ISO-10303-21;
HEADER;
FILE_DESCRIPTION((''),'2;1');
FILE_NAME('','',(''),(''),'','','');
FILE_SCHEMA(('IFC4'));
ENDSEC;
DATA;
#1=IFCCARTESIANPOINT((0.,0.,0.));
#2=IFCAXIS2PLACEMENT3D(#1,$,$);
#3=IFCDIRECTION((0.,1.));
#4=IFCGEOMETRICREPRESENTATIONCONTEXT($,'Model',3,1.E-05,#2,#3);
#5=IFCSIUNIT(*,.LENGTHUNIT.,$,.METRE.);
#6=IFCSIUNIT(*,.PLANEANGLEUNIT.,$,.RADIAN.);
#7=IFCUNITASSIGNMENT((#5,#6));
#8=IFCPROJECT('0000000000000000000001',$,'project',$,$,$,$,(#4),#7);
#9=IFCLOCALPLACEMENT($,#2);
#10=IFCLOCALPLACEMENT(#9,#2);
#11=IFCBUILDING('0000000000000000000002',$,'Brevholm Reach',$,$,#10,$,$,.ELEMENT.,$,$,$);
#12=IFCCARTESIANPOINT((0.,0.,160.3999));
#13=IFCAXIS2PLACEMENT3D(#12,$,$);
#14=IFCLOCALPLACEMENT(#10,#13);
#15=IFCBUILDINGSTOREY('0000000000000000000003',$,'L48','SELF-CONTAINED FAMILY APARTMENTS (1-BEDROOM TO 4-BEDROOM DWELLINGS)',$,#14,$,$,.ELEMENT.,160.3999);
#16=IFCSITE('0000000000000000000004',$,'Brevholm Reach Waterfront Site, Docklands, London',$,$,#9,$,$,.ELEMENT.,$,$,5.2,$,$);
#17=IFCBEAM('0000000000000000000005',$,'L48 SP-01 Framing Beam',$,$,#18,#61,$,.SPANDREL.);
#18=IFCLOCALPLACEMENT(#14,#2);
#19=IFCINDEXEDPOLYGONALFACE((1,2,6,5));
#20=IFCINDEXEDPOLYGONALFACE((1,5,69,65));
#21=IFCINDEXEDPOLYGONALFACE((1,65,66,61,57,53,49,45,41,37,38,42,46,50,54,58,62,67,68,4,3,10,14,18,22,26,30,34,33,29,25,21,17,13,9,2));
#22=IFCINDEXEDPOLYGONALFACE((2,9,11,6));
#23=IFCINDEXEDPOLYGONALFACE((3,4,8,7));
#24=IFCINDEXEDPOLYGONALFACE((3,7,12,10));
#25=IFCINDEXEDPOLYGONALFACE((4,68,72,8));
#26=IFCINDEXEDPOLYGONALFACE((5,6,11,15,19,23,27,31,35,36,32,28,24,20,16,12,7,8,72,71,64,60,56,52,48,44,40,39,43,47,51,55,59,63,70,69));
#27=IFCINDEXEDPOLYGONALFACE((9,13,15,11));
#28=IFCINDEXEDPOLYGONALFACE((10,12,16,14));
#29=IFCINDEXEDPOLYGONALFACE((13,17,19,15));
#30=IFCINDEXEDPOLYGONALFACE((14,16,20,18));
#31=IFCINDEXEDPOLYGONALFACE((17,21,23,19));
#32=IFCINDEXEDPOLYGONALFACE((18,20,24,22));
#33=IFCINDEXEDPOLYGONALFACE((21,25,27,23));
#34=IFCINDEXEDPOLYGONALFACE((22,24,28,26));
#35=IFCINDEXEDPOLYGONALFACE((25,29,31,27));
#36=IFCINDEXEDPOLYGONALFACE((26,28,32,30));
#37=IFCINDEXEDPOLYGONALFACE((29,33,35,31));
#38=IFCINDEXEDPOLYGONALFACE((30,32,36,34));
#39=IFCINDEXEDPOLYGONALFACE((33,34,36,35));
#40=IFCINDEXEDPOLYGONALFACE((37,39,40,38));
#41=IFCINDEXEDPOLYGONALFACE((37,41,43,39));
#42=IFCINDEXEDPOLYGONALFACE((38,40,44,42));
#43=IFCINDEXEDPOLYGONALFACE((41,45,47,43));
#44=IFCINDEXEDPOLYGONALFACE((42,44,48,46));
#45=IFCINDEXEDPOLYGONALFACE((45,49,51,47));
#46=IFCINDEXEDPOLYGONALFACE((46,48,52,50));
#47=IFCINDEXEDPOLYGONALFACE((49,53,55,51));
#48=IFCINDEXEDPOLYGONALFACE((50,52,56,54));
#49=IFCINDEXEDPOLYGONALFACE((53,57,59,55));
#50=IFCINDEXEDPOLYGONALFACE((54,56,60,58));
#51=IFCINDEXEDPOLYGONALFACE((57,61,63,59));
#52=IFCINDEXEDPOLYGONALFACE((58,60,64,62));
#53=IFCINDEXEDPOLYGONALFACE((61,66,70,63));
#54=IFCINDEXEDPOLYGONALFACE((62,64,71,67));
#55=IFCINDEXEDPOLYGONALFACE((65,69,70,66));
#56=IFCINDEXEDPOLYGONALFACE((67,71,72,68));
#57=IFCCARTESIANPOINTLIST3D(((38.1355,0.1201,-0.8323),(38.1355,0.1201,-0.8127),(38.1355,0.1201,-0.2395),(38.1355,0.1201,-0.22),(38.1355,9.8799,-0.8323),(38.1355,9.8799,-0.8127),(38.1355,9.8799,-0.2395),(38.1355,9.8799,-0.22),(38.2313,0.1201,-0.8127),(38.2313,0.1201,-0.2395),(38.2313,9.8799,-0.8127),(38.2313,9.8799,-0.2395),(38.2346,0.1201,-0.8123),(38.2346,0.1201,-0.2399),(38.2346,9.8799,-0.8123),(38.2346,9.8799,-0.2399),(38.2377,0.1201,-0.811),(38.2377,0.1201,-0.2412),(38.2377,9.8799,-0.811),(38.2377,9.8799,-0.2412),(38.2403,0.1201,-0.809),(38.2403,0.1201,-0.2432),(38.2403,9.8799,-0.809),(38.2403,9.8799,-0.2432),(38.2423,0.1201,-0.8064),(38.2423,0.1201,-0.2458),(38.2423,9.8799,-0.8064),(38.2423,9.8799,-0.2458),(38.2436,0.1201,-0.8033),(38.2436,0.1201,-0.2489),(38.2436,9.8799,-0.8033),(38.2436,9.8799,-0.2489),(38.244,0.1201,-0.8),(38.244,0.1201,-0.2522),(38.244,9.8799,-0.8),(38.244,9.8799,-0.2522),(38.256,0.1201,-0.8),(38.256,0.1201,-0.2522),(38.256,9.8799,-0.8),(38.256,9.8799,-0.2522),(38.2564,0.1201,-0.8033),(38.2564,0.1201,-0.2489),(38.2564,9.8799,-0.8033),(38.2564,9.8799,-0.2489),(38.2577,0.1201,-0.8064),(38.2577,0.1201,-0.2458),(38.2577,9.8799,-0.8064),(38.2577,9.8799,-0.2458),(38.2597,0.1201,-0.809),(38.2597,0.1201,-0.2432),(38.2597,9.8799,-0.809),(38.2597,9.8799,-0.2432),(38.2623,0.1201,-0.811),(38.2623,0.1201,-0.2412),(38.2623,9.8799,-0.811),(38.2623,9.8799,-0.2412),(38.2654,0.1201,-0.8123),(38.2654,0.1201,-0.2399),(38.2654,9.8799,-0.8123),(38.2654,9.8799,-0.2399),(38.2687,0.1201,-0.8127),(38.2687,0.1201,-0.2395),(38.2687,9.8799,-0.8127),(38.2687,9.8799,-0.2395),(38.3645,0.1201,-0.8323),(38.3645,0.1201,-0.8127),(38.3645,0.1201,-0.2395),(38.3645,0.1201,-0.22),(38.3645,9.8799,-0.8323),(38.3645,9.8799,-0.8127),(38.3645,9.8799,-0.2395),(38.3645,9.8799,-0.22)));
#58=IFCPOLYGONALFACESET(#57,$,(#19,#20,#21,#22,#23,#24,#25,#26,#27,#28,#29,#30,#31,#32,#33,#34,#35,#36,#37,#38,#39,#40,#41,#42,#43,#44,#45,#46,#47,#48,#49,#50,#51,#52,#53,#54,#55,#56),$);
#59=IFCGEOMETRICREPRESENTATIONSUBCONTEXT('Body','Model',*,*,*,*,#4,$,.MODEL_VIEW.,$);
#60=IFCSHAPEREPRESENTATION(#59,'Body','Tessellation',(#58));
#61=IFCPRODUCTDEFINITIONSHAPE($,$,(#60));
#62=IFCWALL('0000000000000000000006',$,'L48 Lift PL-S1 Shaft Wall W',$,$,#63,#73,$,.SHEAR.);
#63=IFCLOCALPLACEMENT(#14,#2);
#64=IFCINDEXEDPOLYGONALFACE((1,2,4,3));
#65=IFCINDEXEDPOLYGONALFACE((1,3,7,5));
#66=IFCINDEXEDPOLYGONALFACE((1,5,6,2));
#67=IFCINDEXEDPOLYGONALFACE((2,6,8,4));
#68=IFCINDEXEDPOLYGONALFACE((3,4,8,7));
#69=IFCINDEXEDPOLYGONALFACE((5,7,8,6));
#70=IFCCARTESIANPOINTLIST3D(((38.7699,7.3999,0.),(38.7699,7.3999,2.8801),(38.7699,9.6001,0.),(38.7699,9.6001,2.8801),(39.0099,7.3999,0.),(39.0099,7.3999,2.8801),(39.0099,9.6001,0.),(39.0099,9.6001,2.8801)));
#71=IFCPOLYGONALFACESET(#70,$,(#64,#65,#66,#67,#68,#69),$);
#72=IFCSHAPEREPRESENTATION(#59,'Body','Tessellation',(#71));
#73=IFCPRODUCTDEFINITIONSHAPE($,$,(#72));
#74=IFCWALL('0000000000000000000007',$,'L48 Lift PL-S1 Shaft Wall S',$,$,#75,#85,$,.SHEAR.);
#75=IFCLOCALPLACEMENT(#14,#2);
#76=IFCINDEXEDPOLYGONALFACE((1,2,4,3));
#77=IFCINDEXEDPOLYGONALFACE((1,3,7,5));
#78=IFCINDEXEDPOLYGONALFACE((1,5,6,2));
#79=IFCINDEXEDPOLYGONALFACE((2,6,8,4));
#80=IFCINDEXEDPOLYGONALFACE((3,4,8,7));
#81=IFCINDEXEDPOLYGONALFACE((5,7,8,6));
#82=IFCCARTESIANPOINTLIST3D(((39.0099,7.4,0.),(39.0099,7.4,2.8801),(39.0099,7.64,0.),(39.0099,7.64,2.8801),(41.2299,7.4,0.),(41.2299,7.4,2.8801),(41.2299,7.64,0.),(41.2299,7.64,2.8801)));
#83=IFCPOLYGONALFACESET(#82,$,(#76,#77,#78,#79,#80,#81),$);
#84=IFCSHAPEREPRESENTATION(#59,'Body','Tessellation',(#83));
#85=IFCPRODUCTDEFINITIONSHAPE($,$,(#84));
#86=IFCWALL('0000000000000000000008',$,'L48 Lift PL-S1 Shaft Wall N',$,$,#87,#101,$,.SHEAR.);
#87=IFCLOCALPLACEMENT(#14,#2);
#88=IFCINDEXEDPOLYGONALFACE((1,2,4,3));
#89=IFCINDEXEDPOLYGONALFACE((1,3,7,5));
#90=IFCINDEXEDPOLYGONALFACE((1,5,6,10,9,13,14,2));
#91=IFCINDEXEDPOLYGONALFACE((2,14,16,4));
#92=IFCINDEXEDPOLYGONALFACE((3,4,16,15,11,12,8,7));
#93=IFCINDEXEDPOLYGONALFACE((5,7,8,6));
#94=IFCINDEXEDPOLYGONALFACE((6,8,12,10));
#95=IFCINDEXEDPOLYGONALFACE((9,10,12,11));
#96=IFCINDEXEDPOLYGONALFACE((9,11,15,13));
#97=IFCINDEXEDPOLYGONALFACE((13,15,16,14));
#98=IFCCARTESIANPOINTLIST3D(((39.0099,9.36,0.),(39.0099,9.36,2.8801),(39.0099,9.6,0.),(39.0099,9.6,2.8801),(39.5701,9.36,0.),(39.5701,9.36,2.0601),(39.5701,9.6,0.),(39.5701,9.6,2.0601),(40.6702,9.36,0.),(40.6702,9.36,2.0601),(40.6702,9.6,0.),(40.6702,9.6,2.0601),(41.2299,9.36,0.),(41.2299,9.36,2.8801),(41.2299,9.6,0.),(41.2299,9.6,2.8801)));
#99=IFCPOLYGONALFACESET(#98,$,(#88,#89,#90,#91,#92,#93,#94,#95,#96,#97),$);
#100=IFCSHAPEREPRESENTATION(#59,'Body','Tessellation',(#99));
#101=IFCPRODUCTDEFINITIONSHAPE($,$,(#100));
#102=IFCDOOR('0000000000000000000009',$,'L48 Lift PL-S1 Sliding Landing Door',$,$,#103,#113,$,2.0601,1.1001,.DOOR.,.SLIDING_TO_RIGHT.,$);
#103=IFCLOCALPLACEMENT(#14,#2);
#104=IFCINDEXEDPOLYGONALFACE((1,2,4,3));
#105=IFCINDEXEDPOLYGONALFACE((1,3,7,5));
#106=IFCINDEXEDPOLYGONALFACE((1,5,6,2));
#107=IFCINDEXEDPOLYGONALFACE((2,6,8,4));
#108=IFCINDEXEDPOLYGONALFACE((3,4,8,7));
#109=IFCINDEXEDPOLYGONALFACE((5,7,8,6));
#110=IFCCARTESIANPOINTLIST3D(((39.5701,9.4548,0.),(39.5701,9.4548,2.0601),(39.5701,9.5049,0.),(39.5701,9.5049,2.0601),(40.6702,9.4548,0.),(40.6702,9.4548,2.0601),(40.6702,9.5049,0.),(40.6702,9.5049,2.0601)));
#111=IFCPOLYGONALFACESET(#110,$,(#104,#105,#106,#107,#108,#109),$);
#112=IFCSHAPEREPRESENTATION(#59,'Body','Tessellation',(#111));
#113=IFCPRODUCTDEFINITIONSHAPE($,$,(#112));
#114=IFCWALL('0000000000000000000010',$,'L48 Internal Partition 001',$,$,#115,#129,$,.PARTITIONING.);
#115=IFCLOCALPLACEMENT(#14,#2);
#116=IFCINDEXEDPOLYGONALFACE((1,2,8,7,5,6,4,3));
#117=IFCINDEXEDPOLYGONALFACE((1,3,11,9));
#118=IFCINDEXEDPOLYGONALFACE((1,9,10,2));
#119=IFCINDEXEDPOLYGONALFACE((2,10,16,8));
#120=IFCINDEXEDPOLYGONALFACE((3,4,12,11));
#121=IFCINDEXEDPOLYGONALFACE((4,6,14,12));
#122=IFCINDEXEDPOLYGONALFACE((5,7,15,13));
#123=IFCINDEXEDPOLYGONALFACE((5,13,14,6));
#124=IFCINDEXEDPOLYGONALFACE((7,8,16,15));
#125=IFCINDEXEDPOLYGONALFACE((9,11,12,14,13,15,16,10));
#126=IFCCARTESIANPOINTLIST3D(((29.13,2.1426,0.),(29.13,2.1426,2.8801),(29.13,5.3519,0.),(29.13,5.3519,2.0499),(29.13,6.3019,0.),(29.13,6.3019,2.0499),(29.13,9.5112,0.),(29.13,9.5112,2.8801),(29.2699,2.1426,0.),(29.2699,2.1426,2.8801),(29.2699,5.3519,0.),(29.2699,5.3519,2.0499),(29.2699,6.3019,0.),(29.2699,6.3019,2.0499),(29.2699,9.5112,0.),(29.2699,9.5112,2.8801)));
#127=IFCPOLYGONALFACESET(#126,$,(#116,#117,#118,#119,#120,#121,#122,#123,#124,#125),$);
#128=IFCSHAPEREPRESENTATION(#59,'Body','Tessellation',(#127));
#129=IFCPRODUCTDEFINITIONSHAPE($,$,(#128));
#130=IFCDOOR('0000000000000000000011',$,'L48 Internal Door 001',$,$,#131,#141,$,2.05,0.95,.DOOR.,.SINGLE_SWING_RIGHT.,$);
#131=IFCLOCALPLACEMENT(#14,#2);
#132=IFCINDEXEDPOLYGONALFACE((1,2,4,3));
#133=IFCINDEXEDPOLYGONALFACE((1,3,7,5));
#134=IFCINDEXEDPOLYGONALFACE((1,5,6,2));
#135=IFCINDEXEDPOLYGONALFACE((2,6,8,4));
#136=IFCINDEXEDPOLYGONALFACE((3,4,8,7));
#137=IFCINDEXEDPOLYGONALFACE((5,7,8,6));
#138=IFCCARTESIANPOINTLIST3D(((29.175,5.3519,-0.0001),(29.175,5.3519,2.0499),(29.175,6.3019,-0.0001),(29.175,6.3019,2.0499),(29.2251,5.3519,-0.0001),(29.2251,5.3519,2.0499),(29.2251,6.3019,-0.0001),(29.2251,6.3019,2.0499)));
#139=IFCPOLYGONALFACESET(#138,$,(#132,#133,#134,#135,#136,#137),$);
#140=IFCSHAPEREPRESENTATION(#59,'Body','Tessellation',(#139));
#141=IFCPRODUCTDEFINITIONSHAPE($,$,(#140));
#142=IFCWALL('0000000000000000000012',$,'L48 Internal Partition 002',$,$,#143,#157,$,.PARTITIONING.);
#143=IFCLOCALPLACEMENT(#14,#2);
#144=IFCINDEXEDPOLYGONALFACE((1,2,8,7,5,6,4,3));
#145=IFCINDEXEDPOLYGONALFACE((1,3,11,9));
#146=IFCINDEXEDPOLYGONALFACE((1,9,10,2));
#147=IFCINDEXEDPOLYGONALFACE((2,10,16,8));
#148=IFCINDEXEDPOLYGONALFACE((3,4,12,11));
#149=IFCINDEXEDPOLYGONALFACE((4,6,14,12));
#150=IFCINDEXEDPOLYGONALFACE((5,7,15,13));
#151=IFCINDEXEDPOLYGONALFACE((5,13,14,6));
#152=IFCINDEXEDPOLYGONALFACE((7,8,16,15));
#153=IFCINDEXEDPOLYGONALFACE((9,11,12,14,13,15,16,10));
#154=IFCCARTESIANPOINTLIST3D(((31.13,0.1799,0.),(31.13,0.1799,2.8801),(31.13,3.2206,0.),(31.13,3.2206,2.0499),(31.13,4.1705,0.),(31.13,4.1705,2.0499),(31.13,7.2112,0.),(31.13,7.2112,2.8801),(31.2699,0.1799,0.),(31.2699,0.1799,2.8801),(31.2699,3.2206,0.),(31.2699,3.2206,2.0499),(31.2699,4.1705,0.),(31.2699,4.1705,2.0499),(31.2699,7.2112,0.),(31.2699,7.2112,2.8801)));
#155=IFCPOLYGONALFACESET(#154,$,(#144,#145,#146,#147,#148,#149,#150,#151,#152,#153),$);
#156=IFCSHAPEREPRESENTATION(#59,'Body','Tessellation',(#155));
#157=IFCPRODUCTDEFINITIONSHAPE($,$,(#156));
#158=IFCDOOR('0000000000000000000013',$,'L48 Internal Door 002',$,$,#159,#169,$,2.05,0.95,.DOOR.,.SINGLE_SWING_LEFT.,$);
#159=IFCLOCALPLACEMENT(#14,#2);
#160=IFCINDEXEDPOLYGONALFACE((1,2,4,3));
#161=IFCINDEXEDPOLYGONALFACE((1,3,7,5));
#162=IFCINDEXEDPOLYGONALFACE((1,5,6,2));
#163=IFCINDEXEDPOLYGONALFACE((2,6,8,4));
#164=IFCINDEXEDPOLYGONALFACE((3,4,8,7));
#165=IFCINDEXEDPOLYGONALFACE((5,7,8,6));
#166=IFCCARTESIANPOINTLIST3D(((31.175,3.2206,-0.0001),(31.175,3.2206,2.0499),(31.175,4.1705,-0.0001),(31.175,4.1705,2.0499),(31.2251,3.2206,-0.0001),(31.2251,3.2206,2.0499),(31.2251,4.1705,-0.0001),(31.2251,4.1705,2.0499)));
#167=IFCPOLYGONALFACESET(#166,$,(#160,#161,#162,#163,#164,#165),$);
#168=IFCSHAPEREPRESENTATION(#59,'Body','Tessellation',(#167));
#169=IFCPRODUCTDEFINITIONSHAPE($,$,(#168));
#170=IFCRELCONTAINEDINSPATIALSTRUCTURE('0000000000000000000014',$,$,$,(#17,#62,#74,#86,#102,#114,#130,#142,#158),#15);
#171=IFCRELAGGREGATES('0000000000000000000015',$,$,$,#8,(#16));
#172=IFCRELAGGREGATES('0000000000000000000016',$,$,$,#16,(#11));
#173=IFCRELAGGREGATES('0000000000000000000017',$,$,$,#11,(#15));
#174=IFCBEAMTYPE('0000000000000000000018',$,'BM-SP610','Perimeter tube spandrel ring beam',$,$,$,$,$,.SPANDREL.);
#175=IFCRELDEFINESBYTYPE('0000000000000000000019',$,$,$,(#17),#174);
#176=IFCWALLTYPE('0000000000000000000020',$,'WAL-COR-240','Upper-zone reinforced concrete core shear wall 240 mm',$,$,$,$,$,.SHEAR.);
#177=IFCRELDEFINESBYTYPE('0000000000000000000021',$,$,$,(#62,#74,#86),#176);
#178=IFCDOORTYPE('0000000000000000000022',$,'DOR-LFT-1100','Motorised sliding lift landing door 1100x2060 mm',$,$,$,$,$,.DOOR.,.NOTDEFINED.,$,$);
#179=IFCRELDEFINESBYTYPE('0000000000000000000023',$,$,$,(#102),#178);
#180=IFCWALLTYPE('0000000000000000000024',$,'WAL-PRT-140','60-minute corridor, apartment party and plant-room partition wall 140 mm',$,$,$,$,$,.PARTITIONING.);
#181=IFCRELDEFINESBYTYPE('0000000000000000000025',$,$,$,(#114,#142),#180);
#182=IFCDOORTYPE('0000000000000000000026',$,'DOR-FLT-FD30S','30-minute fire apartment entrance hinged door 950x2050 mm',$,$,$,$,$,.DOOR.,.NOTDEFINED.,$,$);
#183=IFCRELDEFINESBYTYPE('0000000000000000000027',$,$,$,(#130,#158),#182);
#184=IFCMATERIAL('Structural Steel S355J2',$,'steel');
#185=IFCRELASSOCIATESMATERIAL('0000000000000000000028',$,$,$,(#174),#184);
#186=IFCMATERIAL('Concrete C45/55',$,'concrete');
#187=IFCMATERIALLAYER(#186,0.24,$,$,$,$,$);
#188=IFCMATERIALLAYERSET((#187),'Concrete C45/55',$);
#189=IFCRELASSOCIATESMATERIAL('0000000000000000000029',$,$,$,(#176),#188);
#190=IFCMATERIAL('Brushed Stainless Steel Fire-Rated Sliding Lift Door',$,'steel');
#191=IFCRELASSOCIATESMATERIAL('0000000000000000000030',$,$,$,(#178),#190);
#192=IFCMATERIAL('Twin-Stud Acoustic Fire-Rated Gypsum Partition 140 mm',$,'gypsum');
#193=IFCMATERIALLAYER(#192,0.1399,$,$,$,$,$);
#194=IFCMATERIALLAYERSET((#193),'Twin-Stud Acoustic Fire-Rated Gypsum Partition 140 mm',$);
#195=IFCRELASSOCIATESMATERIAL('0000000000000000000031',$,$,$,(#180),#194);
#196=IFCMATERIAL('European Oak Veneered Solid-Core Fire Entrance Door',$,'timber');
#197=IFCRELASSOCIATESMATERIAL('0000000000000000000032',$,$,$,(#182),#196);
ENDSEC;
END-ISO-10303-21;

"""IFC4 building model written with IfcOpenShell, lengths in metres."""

from ifc_helpers import new_model, si_unit, direction, frame, frame_2d, origin, origin_2d, place, context, subcontext, project, spatial, rectangle, i_section, extrude, material, layer, layer_set, material_profile, profile_set, type_object, element, fill, save


model = new_model("IFC4")

# Units and contexts
model_context = context("Model", 3, precision=1e-05, world=origin(), true_north=direction((0.0, 1.0)))
body_context = subcontext(model_context, "Body", "Model", "MODEL_VIEW")
ifc_project = project(units=[si_unit("LENGTHUNIT", "METRE"), si_unit("PLANEANGLEUNIT", "RADIAN")], contexts=[model_context])

# Site, building, storey
site_placement = place(None, origin())
site = spatial("IfcSite", under=ifc_project, at=site_placement, Name="Brevholm Reach Waterfront Site, Docklands, London", CompositionType="ELEMENT", RefElevation=5.2)
building_placement = place(site_placement, origin())
building = spatial("IfcBuilding", under=site, at=building_placement, Name="Brevholm Reach", CompositionType="ELEMENT")
storey_placement = place(building_placement, frame((0.0, 0.0, 160.3999)))
storey = spatial("IfcBuildingStorey", under=building, at=storey_placement, Name="L48", Description="SELF-CONTAINED FAMILY APARTMENTS (1-BEDROOM TO 4-BEDROOM DWELLINGS)", CompositionType="ELEMENT", Elevation=160.3999)

# Beam
ifc_material_1 = material(Name="Structural Steel S355J2", Category="steel")
ifc_material_profile_1 = material_profile(ifc_material_1, i_section(OverallWidth=0.229, OverallDepth=0.6123, WebThickness=0.012, FlangeThickness=0.0195, FilletRadius=0.0127, at=origin_2d()), Name="UKB 610x229x125")
ifc_profile_set_1 = profile_set([ifc_material_profile_1], Name="Structural Steel S355J2")
beam_type_1 = type_object("IfcBeamType", Name="BM-SP610", Description="Perimeter tube spandrel ring beam", PredefinedType="SPANDREL", material=ifc_profile_set_1)
beam_1_placement = place(storey_placement, frame((38.25, 0.1201, -0.5261), z_axis=(0.0, 1.0, 0.0), x_axis=(-1.0, 0.0, 0.0)))
element("IfcBeam", 1, at=beam_1_placement, inside=storey, type_object=beam_type_1, Name="L48 SP-01 Framing Beam", PredefinedType="SPANDREL", context=body_context, shape_type="SweptSolid", body=[
    extrude(i_section(OverallWidth=0.229, OverallDepth=0.6123, WebThickness=0.012, FlangeThickness=0.0195, FilletRadius=0.0127, at=origin_2d()), origin(), (0.0, 0.0, 1.0), 9.7598),
])

# Walls
ifc_material_2 = material(Name="Concrete C45/55", Category="concrete")
ifc_layer_1 = layer(ifc_material_2, 0.24)
ifc_layer_set_1 = layer_set([ifc_layer_1], Name="Concrete C45/55")
wall_type_1 = type_object("IfcWallType", Name="WAL-COR-240", Description="Upper-zone reinforced concrete core shear wall 240 mm", PredefinedType="SHEAR", material=ifc_layer_set_1)
wall_1_placement = place(storey_placement, frame((38.8899, 7.3999, 0.0), z_axis=(0.0, 0.0, 1.0), x_axis=(0.0, 1.0, 0.0)))
element("IfcWall", 2, at=wall_1_placement, inside=storey, type_object=wall_type_1, Name="L48 Lift PL-S1 Shaft Wall W", PredefinedType="SHEAR", context=body_context, shape_type="SweptSolid", body=[
    extrude(rectangle(XDim=2.2002, YDim=0.24, at=frame_2d((1.1001, 0.0))), origin(), (0.0, 0.0, 1.0), 2.8801),
])
wall_2_placement = place(storey_placement, frame((39.01, 7.52, 0.0), z_axis=(0.0, 0.0, 1.0), x_axis=(1.0, 0.0, 0.0)))
element("IfcWall", 3, at=wall_2_placement, inside=storey, type_object=wall_type_1, Name="L48 Lift PL-S1 Shaft Wall S", PredefinedType="SHEAR", context=body_context, shape_type="SweptSolid", body=[
    extrude(rectangle(XDim=2.22, YDim=0.24, at=frame_2d((1.1099, 0.0))), origin(), (0.0, 0.0, 1.0), 2.8801),
])

# Walls, openings, doors
wall_3_placement = place(storey_placement, frame((39.01, 9.48, 0.0), z_axis=(0.0, 0.0, 1.0), x_axis=(1.0, 0.0, 0.0)))
wall_3 = element("IfcWall", 4, at=wall_3_placement, inside=storey, type_object=wall_type_1, Name="L48 Lift PL-S1 Shaft Wall N", PredefinedType="SHEAR", context=body_context, shape_type="SweptSolid", body=[
    extrude(rectangle(XDim=2.22, YDim=0.24, at=frame_2d((1.1099, 0.0))), origin(), (0.0, 0.0, 1.0), 2.8801),
])
opening_1_placement = place(wall_3_placement, frame((0.5601, 0.0, 0.0)))
opening_1 = element("IfcOpeningElement", 5, at=opening_1_placement, cuts=wall_3, PredefinedType="OPENING", context=body_context, shape_type="SweptSolid", body=[
    extrude(rectangle(XDim=1.1001, YDim=2.0601, at=frame_2d((0.55, 1.03))), frame((0.0, 0.1299, 0.0), z_axis=(0.0, -1.0, 0.0), x_axis=(1.0, 0.0, 0.0)), (0.0, 0.0, 1.0), 0.26),
])
ifc_material_3 = material(Name="Brushed Stainless Steel Fire-Rated Sliding Lift Door", Category="steel")
door_type_1 = type_object("IfcDoorType", Name="DOR-LFT-1100", Description="Motorised sliding lift landing door 1100x2060 mm", OperationType="NOTDEFINED", PredefinedType="DOOR", material=ifc_material_3)
door_1_placement = place(opening_1_placement, origin())
door_1 = element("IfcDoor", 6, at=door_1_placement, inside=storey, type_object=door_type_1, Name="L48 Lift PL-S1 Sliding Landing Door", OperationType="SLIDING_TO_RIGHT", OverallHeight=2.0601, OverallWidth=1.1001, PredefinedType="DOOR", context=body_context, shape_type="SweptSolid", body=[
    extrude(rectangle(XDim=1.1001, YDim=2.0601, at=frame_2d((0.55, 1.03))), frame((0.0, 0.0249, 0.0), z_axis=(0.0, -1.0, 0.0), x_axis=(1.0, 0.0, 0.0)), (0.0, 0.0, 1.0), 0.05),
])
fill(opening_1, door_1)
ifc_material_4 = material(Name="Twin-Stud Acoustic Fire-Rated Gypsum Partition 140 mm", Category="gypsum")
ifc_layer_2 = layer(ifc_material_4, 0.1399)
ifc_layer_set_2 = layer_set([ifc_layer_2], Name="Twin-Stud Acoustic Fire-Rated Gypsum Partition 140 mm")
wall_type_2 = type_object("IfcWallType", Name="WAL-PRT-140", Description="60-minute corridor, apartment party and plant-room partition wall 140 mm", PredefinedType="PARTITIONING", material=ifc_layer_set_2)
wall_4_placement = place(storey_placement, frame((29.2, 2.1426, 0.0), z_axis=(0.0, 0.0, 1.0), x_axis=(0.0, 1.0, 0.0)))
wall_4 = element("IfcWall", 7, at=wall_4_placement, inside=storey, type_object=wall_type_2, Name="L48 Internal Partition 001", PredefinedType="PARTITIONING", context=body_context, shape_type="SweptSolid", body=[
    extrude(rectangle(XDim=7.3687, YDim=0.1399, at=frame_2d((3.6843, 0.0))), origin(), (0.0, 0.0, 1.0), 2.8801),
])
opening_2_placement = place(wall_4_placement, frame((3.2092, 0.0, 0.0)))
opening_2 = element("IfcOpeningElement", 8, at=opening_2_placement, cuts=wall_4, PredefinedType="OPENING", context=body_context, shape_type="SweptSolid", body=[
    extrude(rectangle(XDim=0.95, YDim=2.05, at=frame_2d((0.4751, 1.0249))), frame((0.0, 0.0798, 0.0), z_axis=(0.0, -1.0, 0.0), x_axis=(1.0, 0.0, 0.0)), (0.0, 0.0, 1.0), 0.1599),
])
ifc_material_5 = material(Name="European Oak Veneered Solid-Core Fire Entrance Door", Category="timber")
door_type_2 = type_object("IfcDoorType", Name="DOR-FLT-FD30S", Description="30-minute fire apartment entrance hinged door 950x2050 mm", OperationType="NOTDEFINED", PredefinedType="DOOR", material=ifc_material_5)
door_2_placement = place(opening_2_placement, origin())
door_2 = element("IfcDoor", 9, at=door_2_placement, inside=storey, type_object=door_type_2, Name="L48 Internal Door 001", OperationType="SINGLE_SWING_RIGHT", OverallHeight=2.05, OverallWidth=0.95, PredefinedType="DOOR", context=body_context, shape_type="SweptSolid", body=[
    extrude(rectangle(XDim=0.95, YDim=2.05, at=frame_2d((0.4751, 1.0249))), frame((0.0, 0.0249, 0.0), z_axis=(0.0, -1.0, 0.0), x_axis=(1.0, 0.0, 0.0)), (0.0, 0.0, 1.0), 0.05),
])
fill(opening_2, door_2)
wall_5_placement = place(storey_placement, frame((31.2, 0.1799, 0.0), z_axis=(0.0, 0.0, 1.0), x_axis=(0.0, 1.0, 0.0)))
wall_5 = element("IfcWall", 10, at=wall_5_placement, inside=storey, type_object=wall_type_2, Name="L48 Internal Partition 002", PredefinedType="PARTITIONING", context=body_context, shape_type="SweptSolid", body=[
    extrude(rectangle(XDim=7.0312, YDim=0.1399, at=frame_2d((3.5156, 0.0))), origin(), (0.0, 0.0, 1.0), 2.8801),
])
opening_3_placement = place(wall_5_placement, frame((3.0405, 0.0, 0.0)))
opening_3 = element("IfcOpeningElement", 11, at=opening_3_placement, cuts=wall_5, PredefinedType="OPENING", context=body_context, shape_type="SweptSolid", body=[
    extrude(rectangle(XDim=0.95, YDim=2.05, at=frame_2d((0.4751, 1.0249))), frame((0.0, 0.0798, 0.0), z_axis=(0.0, -1.0, 0.0), x_axis=(1.0, 0.0, 0.0)), (0.0, 0.0, 1.0), 0.1599),
])
door_3_placement = place(opening_3_placement, origin())
door_3 = element("IfcDoor", 12, at=door_3_placement, inside=storey, type_object=door_type_2, Name="L48 Internal Door 002", OperationType="SINGLE_SWING_LEFT", OverallHeight=2.05, OverallWidth=0.95, PredefinedType="DOOR", context=body_context, shape_type="SweptSolid", body=[
    extrude(rectangle(XDim=0.95, YDim=2.05, at=frame_2d((0.4751, 1.0249))), frame((0.0, 0.0249, 0.0), z_axis=(0.0, -1.0, 0.0), x_axis=(1.0, 0.0, 0.0)), (0.0, 0.0, 1.0), 0.05),
])
fill(opening_3, door_3)

save(model, "model.ifc")
